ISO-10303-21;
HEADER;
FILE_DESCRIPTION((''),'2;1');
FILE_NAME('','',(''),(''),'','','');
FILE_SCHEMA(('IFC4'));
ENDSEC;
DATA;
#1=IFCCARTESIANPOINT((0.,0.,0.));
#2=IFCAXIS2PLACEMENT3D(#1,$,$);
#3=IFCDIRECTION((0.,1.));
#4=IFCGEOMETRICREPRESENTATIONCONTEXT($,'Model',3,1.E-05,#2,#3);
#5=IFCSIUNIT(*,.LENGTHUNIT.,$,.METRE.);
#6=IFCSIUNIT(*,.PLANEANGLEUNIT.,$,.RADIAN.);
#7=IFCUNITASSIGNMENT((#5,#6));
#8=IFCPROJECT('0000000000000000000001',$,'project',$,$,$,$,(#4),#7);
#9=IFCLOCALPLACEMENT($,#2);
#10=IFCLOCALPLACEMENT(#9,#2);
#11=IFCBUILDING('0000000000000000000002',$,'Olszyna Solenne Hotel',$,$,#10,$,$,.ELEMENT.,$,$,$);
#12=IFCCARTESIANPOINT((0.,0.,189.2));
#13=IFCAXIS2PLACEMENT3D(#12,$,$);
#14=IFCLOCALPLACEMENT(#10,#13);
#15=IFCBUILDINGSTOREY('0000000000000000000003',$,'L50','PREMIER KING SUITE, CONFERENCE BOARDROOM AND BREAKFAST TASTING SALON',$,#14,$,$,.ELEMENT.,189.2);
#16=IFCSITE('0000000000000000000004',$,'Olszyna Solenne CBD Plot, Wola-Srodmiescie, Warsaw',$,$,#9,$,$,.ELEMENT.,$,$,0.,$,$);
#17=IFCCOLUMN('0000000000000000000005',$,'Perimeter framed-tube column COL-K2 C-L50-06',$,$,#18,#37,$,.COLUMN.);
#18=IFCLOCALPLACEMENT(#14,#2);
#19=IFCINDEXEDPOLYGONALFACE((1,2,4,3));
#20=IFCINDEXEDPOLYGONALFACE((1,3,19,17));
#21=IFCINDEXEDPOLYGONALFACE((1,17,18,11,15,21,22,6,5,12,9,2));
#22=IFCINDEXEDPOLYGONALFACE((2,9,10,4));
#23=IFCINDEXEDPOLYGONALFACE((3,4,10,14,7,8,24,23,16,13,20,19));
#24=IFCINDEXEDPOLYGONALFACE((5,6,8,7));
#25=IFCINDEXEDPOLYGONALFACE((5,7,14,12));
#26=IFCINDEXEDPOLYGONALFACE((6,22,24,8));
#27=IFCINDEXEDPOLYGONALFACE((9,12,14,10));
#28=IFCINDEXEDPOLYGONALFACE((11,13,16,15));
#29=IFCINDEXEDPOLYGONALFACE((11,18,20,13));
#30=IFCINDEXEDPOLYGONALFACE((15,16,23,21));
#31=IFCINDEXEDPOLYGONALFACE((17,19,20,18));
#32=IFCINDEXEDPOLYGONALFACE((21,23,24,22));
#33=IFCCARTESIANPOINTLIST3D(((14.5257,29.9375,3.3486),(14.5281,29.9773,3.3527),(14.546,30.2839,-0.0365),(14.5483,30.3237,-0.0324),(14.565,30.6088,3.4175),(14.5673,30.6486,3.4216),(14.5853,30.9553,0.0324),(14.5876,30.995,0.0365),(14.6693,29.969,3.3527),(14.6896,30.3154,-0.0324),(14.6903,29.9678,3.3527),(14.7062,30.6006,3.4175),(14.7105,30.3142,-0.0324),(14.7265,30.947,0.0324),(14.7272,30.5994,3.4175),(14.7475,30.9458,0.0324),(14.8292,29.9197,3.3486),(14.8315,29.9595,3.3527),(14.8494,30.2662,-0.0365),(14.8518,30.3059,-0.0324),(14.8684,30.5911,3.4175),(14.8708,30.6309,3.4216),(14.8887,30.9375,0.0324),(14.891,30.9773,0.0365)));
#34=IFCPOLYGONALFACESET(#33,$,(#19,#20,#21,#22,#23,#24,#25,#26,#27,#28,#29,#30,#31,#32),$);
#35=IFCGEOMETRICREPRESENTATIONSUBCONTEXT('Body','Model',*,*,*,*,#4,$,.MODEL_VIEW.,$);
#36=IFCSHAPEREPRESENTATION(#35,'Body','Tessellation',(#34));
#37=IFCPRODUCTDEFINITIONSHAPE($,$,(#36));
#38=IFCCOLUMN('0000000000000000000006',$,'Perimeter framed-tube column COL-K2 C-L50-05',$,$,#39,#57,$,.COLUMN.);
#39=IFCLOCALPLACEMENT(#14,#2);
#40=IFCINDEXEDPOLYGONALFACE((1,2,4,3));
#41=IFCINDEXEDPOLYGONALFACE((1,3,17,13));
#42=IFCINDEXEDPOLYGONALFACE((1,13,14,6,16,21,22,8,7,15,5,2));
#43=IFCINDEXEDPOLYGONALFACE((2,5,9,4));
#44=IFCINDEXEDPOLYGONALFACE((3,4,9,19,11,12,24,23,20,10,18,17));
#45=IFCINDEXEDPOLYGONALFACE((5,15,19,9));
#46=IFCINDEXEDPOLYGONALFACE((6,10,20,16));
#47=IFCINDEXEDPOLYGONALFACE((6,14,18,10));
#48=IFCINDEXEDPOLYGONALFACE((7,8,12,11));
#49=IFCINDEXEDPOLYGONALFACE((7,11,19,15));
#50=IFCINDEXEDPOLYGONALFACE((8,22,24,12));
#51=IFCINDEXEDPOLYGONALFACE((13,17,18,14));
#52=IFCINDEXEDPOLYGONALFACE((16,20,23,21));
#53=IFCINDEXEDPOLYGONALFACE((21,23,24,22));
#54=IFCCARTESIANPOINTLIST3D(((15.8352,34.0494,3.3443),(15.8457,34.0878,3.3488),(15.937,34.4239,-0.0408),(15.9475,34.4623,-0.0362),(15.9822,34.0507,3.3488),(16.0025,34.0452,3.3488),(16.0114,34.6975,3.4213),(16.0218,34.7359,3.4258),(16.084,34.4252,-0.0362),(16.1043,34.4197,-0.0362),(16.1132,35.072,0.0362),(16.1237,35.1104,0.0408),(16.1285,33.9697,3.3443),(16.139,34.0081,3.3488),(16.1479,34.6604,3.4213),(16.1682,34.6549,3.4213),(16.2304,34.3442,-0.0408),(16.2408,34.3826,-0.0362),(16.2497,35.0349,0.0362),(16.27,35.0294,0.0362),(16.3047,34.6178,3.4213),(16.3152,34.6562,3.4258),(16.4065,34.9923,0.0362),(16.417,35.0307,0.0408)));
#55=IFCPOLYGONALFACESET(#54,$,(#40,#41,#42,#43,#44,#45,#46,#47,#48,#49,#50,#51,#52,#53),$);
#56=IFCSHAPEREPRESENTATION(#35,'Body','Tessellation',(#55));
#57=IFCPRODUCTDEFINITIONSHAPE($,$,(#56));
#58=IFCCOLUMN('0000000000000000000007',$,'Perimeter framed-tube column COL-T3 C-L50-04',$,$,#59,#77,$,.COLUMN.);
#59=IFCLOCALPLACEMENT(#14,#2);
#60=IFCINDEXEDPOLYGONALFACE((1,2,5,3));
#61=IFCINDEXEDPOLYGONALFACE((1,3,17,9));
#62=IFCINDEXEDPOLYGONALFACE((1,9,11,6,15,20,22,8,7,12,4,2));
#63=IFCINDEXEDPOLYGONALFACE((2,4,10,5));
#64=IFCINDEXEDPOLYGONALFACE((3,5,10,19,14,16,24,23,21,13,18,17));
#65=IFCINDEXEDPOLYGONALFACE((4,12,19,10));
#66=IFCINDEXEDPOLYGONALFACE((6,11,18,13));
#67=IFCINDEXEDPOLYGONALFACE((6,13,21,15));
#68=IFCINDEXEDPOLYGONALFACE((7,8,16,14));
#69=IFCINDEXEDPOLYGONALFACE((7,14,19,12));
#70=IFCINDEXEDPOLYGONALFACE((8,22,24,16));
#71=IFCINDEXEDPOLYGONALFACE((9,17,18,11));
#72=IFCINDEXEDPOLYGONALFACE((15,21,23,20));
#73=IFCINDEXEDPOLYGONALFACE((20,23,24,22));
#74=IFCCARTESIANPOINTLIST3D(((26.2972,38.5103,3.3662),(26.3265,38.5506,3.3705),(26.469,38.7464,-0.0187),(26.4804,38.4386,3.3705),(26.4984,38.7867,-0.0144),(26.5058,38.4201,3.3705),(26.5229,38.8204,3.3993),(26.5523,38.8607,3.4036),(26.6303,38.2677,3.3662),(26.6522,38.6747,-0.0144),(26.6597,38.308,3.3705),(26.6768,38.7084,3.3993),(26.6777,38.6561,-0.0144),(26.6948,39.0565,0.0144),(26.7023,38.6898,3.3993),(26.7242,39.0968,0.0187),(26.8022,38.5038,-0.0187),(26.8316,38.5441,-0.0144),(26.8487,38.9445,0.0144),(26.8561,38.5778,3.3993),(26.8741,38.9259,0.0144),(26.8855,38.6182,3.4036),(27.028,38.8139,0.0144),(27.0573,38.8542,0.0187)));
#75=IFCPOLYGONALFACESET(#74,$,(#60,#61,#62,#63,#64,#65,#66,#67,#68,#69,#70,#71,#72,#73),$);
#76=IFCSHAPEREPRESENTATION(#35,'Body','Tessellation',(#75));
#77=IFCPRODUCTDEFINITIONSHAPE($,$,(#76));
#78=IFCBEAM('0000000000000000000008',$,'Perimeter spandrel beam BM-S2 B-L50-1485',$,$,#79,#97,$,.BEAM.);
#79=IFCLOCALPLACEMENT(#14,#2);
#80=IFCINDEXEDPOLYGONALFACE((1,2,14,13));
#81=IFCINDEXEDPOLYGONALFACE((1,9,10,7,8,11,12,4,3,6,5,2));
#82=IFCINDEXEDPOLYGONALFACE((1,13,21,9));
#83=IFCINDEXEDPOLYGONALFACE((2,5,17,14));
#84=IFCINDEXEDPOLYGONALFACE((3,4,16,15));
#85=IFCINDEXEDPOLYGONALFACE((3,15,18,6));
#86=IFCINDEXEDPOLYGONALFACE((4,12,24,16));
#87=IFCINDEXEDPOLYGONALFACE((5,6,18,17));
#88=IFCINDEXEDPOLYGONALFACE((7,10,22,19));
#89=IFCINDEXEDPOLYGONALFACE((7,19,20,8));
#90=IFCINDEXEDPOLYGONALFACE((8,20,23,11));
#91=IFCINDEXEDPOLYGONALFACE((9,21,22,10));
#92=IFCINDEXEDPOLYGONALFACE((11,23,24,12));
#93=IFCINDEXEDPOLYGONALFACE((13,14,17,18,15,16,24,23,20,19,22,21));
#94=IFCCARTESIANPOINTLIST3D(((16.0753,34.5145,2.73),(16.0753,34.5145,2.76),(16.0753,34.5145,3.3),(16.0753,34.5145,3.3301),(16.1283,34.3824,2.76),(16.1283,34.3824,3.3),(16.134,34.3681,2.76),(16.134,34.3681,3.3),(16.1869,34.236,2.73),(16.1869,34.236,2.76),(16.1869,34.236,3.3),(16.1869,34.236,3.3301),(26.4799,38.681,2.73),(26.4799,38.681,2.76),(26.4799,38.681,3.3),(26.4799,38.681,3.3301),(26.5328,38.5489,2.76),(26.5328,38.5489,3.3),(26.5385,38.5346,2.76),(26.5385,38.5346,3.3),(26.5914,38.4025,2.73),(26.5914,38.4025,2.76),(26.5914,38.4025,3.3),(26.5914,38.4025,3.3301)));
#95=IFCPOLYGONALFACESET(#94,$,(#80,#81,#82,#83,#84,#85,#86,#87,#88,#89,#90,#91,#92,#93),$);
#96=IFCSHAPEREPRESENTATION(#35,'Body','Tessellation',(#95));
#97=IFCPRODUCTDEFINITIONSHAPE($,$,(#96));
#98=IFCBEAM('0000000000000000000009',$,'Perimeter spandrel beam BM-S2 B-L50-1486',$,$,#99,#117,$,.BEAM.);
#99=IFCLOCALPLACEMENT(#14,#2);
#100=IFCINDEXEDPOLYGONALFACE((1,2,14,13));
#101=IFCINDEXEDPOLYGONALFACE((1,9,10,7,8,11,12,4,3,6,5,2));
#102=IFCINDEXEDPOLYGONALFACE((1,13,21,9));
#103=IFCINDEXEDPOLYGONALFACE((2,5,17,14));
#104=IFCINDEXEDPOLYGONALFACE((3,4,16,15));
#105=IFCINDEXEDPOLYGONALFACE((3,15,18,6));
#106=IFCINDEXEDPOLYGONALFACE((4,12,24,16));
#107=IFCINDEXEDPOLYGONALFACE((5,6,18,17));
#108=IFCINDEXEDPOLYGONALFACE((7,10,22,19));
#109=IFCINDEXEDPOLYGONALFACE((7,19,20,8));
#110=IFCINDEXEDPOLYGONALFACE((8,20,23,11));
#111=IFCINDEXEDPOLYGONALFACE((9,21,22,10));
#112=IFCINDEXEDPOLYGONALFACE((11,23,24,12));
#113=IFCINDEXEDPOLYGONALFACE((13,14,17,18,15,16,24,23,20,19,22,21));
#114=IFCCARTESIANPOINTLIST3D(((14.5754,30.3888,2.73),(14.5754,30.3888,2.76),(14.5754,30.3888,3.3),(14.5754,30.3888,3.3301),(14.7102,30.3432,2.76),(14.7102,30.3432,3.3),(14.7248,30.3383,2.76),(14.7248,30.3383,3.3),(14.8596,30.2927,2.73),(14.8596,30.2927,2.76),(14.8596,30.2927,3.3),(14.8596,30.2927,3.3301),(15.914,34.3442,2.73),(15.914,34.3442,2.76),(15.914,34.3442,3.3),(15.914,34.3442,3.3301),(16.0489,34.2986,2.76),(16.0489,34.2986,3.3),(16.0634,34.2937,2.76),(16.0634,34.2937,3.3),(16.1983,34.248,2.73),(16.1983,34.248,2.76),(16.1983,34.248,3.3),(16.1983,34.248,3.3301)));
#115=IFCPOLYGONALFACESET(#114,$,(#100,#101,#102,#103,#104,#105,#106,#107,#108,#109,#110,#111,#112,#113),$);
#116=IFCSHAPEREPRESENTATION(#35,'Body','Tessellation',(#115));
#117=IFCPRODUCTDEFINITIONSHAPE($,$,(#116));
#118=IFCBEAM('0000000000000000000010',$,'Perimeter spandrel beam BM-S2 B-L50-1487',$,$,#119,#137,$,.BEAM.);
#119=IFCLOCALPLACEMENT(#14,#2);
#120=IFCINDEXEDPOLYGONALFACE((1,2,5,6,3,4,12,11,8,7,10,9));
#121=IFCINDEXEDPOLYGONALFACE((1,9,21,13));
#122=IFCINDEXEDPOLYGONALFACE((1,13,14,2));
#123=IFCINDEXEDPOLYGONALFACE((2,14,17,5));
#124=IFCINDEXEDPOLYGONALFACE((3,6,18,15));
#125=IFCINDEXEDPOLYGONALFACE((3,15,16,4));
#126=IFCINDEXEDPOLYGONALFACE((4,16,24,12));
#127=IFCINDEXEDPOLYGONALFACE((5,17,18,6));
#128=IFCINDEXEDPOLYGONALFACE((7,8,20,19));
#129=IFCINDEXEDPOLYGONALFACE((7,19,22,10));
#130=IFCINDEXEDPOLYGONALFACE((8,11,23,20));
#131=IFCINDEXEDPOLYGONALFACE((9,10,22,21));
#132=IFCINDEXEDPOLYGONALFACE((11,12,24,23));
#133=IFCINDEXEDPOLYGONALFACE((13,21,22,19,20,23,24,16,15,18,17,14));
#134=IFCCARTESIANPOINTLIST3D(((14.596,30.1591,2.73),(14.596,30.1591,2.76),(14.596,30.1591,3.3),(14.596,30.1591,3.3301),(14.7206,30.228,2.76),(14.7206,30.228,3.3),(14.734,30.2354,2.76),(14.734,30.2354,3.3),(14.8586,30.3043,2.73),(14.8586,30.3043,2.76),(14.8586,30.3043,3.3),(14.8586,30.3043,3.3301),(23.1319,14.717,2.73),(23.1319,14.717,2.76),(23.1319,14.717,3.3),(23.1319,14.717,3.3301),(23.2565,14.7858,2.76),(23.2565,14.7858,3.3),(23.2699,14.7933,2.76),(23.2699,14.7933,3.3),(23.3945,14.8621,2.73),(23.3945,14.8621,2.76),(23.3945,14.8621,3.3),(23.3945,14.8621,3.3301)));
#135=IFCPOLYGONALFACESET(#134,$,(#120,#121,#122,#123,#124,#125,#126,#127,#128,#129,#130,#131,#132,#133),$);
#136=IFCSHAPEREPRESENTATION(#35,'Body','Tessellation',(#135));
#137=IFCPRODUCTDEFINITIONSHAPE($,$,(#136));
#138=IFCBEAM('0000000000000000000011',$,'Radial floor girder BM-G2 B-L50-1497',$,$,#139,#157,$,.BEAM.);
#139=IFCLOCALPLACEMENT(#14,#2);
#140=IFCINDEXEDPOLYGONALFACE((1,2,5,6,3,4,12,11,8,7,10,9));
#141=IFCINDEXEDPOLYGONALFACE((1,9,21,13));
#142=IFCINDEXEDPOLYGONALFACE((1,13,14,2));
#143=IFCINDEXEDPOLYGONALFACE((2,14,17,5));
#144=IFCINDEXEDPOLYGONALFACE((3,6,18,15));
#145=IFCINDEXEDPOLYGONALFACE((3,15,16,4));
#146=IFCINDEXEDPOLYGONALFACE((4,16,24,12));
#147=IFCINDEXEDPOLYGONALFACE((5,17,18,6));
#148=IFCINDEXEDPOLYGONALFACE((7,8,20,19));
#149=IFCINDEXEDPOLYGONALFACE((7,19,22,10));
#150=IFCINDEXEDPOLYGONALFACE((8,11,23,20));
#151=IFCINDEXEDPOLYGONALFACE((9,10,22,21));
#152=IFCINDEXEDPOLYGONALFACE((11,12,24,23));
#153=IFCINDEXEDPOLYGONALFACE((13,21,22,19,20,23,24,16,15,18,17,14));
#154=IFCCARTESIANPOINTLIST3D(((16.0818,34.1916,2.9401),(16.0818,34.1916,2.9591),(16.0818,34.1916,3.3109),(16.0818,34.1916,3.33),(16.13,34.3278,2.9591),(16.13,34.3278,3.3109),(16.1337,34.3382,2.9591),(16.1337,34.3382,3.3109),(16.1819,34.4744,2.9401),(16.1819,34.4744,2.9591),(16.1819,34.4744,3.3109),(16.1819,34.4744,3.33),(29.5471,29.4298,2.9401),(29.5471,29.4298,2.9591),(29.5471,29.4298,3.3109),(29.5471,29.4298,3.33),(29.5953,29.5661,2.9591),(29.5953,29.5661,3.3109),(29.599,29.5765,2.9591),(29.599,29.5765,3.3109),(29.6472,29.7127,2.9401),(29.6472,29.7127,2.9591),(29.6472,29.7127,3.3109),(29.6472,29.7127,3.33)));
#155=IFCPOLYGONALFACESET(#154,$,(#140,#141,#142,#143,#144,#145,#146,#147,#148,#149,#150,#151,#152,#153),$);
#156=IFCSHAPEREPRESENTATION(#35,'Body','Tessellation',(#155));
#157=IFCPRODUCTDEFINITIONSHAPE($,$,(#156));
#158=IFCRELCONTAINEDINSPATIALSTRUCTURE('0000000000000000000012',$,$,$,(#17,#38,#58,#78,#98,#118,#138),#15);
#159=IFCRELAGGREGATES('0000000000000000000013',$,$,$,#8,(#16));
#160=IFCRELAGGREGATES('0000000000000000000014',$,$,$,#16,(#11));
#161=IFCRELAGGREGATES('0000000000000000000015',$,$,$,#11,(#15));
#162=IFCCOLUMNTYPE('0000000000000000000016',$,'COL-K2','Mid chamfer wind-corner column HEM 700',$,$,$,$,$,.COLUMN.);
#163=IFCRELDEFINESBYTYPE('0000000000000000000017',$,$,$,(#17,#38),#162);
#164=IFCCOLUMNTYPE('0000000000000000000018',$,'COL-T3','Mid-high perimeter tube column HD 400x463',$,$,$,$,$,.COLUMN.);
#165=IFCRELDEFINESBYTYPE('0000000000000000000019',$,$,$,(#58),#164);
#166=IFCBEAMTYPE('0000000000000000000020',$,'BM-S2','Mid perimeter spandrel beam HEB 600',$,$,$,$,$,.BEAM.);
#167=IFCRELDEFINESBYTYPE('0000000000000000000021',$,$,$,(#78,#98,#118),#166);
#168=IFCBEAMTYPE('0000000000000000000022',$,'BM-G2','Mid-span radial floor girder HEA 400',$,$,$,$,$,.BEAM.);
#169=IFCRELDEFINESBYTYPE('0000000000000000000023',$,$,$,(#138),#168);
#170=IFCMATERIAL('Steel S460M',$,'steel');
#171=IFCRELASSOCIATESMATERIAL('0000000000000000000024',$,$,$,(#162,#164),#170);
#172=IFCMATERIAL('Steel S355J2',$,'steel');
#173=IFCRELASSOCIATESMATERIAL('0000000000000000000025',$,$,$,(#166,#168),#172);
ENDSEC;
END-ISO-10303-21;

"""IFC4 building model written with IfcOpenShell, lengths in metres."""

from ifc_helpers import new_model, si_unit, direction, frame, origin, origin_2d, place, context, subcontext, project, spatial, i_section, extrude, source, transform, mapped, material, material_profile, profile_set, type_object, element, save


model = new_model("IFC4")

# Units and contexts
model_context = context("Model", 3, precision=1e-05, world=origin(), true_north=direction((0.0, 1.0)))
body_context = subcontext(model_context, "Body", "Model", "MODEL_VIEW")
ifc_project = project(units=[si_unit("LENGTHUNIT", "METRE"), si_unit("PLANEANGLEUNIT", "RADIAN")], contexts=[model_context])

# Site, building, storey
site_placement = place(None, origin())
site = spatial("IfcSite", under=ifc_project, at=site_placement, Name="Olszyna Solenne CBD Plot, Wola-Srodmiescie, Warsaw", CompositionType="ELEMENT", RefElevation=0.0)
building_placement = place(site_placement, origin())
building = spatial("IfcBuilding", under=site, at=building_placement, Name="Olszyna Solenne Hotel", CompositionType="ELEMENT")
storey_placement = place(building_placement, frame((0.0, 0.0, 189.2)))
storey = spatial("IfcBuildingStorey", under=building, at=storey_placement, Name="L50", Description="PREMIER KING SUITE, CONFERENCE BOARDROOM AND BREAKFAST TASTING SALON", CompositionType="ELEMENT", Elevation=189.2)

# Columns
ifc_material_1 = material(Name="Steel S460M", Category="steel")
ifc_material_profile_1 = material_profile(ifc_material_1, i_section(OverallWidth=0.304, OverallDepth=0.7161, WebThickness=0.021, FlangeThickness=0.04, at=origin_2d()), Name="HEM 700", Category="load-bearing")
ifc_profile_set_1 = profile_set([ifc_material_profile_1], Name="Steel S460M")
column_type_1 = type_object("IfcColumnType", Name="COL-K2", Description="Mid chamfer wind-corner column HEM 700", PredefinedType="COLUMN", material=ifc_profile_set_1)
shared_shape_1 = source(origin(), body_context, "Body", "SweptSolid", [
    extrude(i_section(OverallWidth=0.304, OverallDepth=0.7161, WebThickness=0.021, FlangeThickness=0.04, at=origin_2d()), origin(), (0.0, 0.0, 1.0), 3.4028),
])
column_1_placement = place(storey_placement, frame((14.7185, 30.6306, 0.0), z_axis=(-0.005955, -0.10181, 0.994786), x_axis=(0.998294, -0.058392, 0.0)))
element("IfcColumn", 1, at=column_1_placement, inside=storey, type_object=column_type_1, Name="Perimeter framed-tube column COL-K2 C-L50-06", PredefinedType="COLUMN", context=body_context, shape_type="MappedRepresentation", body=[
    mapped(shared_shape_1, transform((0.0, 0.0, 0.0), x_axis=(1.0, 0.0, 0.0), y_axis=(0.0, 1.0, 0.0), z_axis=(0.0, 0.0, 1.0), scale=1.0)),
])
shared_shape_2 = source(origin(), body_context, "Body", "SweptSolid", [
    extrude(i_section(OverallWidth=0.304, OverallDepth=0.7161, WebThickness=0.021, FlangeThickness=0.04, at=origin_2d()), origin(), (0.0, 0.0, 1.0), 3.4072),
])
column_2_placement = place(storey_placement, frame((16.177, 34.7273, 0.0), z_axis=(-0.02988, -0.109918, 0.993491), x_axis=(0.964981, -0.262319, 0.0)))
element("IfcColumn", 2, at=column_2_placement, inside=storey, type_object=column_type_1, Name="Perimeter framed-tube column COL-K2 C-L50-05", PredefinedType="COLUMN", context=body_context, shape_type="MappedRepresentation", body=[
    mapped(shared_shape_2, transform((0.0, 0.0, 0.0), x_axis=(1.0, 0.0, 0.0), y_axis=(0.0, 1.0, 0.0), z_axis=(0.0, 0.0, 1.0), scale=1.0)),
])
ifc_material_profile_2 = material_profile(ifc_material_1, i_section(OverallWidth=0.4121, OverallDepth=0.4351, WebThickness=0.0315, FlangeThickness=0.05, at=origin_2d()), Name="HD 400x463", Category="load-bearing")
ifc_profile_set_2 = profile_set([ifc_material_profile_2], Name="Steel S460M")
column_type_2 = type_object("IfcColumnType", Name="COL-T3", Description="Mid-high perimeter tube column HD 400x463", PredefinedType="COLUMN", material=ifc_profile_set_2)
shared_shape_3 = source(origin(), body_context, "Body", "SweptSolid", [
    extrude(i_section(OverallWidth=0.4121, OverallDepth=0.4351, WebThickness=0.0315, FlangeThickness=0.05, at=origin_2d()), origin(), (0.0, 0.0, 1.0), 3.3975),
])
column_3_placement = place(storey_placement, frame((26.7632, 38.8003, 0.0), z_axis=(-0.050587, -0.069486, 0.996299), x_axis=(0.808447, -0.588569, 0.0)))
element("IfcColumn", 3, at=column_3_placement, inside=storey, type_object=column_type_2, Name="Perimeter framed-tube column COL-T3 C-L50-04", PredefinedType="COLUMN", context=body_context, shape_type="MappedRepresentation", body=[
    mapped(shared_shape_3, transform((0.0, 0.0, 0.0), x_axis=(1.0, 0.0, 0.0), y_axis=(0.0, 1.0, 0.0), z_axis=(0.0, 0.0, 1.0), scale=1.0)),
])

# Beams
ifc_material_2 = material(Name="Steel S355J2", Category="steel")
ifc_material_profile_3 = material_profile(ifc_material_2, i_section(OverallWidth=0.3, OverallDepth=0.6001, WebThickness=0.0154, FlangeThickness=0.03, at=origin_2d()), Name="HEB 600", Category="load-bearing")
ifc_profile_set_3 = profile_set([ifc_material_profile_3], Name="Steel S355J2")
beam_type_1 = type_object("IfcBeamType", Name="BM-S2", Description="Mid perimeter spandrel beam HEB 600", PredefinedType="BEAM", material=ifc_profile_set_3)
shared_shape_4 = source(origin(), body_context, "Body", "SweptSolid", [
    extrude(i_section(OverallWidth=0.3, OverallDepth=0.6001, WebThickness=0.0154, FlangeThickness=0.03, at=origin_2d()), origin(), (0.0, 0.0, 1.0), 11.2078),
])
beam_1_placement = place(storey_placement, frame((26.5356, 38.5417, 3.03), z_axis=(-0.928332, -0.371751, 0.0), x_axis=(0.371751, -0.928332, 0.0)))
element("IfcBeam", 4, at=beam_1_placement, inside=storey, type_object=beam_type_1, Name="Perimeter spandrel beam BM-S2 B-L50-1485", PredefinedType="BEAM", context=body_context, shape_type="MappedRepresentation", body=[
    mapped(shared_shape_4, transform((0.0, 0.0, 0.0), x_axis=(1.0, 0.0, 0.0), y_axis=(0.0, 1.0, 0.0), z_axis=(0.0, 0.0, 1.0), scale=1.0)),
])
shared_shape_5 = source(origin(), body_context, "Body", "SweptSolid", [
    extrude(i_section(OverallWidth=0.3, OverallDepth=0.6001, WebThickness=0.0154, FlangeThickness=0.03, at=origin_2d()), origin(), (0.0, 0.0, 1.0), 4.1758),
])
beam_2_placement = place(storey_placement, frame((16.0562, 34.2961, 3.03), z_axis=(-0.320574, -0.947223, 0.0), x_axis=(0.947223, -0.320574, 0.0)))
element("IfcBeam", 5, at=beam_2_placement, inside=storey, type_object=beam_type_1, Name="Perimeter spandrel beam BM-S2 B-L50-1486", PredefinedType="BEAM", context=body_context, shape_type="MappedRepresentation", body=[
    mapped(shared_shape_5, transform((0.0, 0.0, 0.0), x_axis=(1.0, 0.0, 0.0), y_axis=(0.0, 1.0, 0.0), z_axis=(0.0, 0.0, 1.0), scale=1.0)),
])
shared_shape_6 = source(origin(), body_context, "Body", "SweptSolid", [
    extrude(i_section(OverallWidth=0.3, OverallDepth=0.6001, WebThickness=0.0154, FlangeThickness=0.03, at=origin_2d()), origin(), (0.0, 0.0, 1.0), 17.6443),
])
beam_3_placement = place(storey_placement, frame((14.7273, 30.2317, 3.03), z_axis=(0.483776, -0.875192, 0.0), x_axis=(0.875192, 0.483776, 0.0)))
element("IfcBeam", 6, at=beam_3_placement, inside=storey, type_object=beam_type_1, Name="Perimeter spandrel beam BM-S2 B-L50-1487", PredefinedType="BEAM", context=body_context, shape_type="MappedRepresentation", body=[
    mapped(shared_shape_6, transform((0.0, 0.0, 0.0), x_axis=(1.0, 0.0, 0.0), y_axis=(0.0, 1.0, 0.0), z_axis=(0.0, 0.0, 1.0), scale=1.0)),
])
ifc_material_profile_4 = material_profile(ifc_material_2, i_section(OverallWidth=0.3, OverallDepth=0.3899, WebThickness=0.011, FlangeThickness=0.019, at=origin_2d()), Name="HEA 400", Category="load-bearing")
ifc_profile_set_4 = profile_set([ifc_material_profile_4], Name="Steel S355J2")
beam_type_2 = type_object("IfcBeamType", Name="BM-G2", Description="Mid-span radial floor girder HEA 400", PredefinedType="BEAM", material=ifc_profile_set_4)
shared_shape_7 = source(origin(), body_context, "Body", "SweptSolid", [
    extrude(i_section(OverallWidth=0.3, OverallDepth=0.3899, WebThickness=0.011, FlangeThickness=0.019, at=origin_2d()), origin(), (0.0, 0.0, 1.0), 14.2825),
])
beam_4_placement = place(storey_placement, frame((16.1318, 34.333, 3.135), z_axis=(0.942787, -0.333396, 0.0), x_axis=(0.333396, 0.942787, 0.0)))
element("IfcBeam", 7, at=beam_4_placement, inside=storey, type_object=beam_type_2, Name="Radial floor girder BM-G2 B-L50-1497", PredefinedType="BEAM", context=body_context, shape_type="MappedRepresentation", body=[
    mapped(shared_shape_7, transform((0.0, 0.0, 0.0), x_axis=(1.0, 0.0, 0.0), y_axis=(0.0, 1.0, 0.0), z_axis=(0.0, 0.0, 1.0), scale=1.0)),
])

save(model, "model.ifc")
